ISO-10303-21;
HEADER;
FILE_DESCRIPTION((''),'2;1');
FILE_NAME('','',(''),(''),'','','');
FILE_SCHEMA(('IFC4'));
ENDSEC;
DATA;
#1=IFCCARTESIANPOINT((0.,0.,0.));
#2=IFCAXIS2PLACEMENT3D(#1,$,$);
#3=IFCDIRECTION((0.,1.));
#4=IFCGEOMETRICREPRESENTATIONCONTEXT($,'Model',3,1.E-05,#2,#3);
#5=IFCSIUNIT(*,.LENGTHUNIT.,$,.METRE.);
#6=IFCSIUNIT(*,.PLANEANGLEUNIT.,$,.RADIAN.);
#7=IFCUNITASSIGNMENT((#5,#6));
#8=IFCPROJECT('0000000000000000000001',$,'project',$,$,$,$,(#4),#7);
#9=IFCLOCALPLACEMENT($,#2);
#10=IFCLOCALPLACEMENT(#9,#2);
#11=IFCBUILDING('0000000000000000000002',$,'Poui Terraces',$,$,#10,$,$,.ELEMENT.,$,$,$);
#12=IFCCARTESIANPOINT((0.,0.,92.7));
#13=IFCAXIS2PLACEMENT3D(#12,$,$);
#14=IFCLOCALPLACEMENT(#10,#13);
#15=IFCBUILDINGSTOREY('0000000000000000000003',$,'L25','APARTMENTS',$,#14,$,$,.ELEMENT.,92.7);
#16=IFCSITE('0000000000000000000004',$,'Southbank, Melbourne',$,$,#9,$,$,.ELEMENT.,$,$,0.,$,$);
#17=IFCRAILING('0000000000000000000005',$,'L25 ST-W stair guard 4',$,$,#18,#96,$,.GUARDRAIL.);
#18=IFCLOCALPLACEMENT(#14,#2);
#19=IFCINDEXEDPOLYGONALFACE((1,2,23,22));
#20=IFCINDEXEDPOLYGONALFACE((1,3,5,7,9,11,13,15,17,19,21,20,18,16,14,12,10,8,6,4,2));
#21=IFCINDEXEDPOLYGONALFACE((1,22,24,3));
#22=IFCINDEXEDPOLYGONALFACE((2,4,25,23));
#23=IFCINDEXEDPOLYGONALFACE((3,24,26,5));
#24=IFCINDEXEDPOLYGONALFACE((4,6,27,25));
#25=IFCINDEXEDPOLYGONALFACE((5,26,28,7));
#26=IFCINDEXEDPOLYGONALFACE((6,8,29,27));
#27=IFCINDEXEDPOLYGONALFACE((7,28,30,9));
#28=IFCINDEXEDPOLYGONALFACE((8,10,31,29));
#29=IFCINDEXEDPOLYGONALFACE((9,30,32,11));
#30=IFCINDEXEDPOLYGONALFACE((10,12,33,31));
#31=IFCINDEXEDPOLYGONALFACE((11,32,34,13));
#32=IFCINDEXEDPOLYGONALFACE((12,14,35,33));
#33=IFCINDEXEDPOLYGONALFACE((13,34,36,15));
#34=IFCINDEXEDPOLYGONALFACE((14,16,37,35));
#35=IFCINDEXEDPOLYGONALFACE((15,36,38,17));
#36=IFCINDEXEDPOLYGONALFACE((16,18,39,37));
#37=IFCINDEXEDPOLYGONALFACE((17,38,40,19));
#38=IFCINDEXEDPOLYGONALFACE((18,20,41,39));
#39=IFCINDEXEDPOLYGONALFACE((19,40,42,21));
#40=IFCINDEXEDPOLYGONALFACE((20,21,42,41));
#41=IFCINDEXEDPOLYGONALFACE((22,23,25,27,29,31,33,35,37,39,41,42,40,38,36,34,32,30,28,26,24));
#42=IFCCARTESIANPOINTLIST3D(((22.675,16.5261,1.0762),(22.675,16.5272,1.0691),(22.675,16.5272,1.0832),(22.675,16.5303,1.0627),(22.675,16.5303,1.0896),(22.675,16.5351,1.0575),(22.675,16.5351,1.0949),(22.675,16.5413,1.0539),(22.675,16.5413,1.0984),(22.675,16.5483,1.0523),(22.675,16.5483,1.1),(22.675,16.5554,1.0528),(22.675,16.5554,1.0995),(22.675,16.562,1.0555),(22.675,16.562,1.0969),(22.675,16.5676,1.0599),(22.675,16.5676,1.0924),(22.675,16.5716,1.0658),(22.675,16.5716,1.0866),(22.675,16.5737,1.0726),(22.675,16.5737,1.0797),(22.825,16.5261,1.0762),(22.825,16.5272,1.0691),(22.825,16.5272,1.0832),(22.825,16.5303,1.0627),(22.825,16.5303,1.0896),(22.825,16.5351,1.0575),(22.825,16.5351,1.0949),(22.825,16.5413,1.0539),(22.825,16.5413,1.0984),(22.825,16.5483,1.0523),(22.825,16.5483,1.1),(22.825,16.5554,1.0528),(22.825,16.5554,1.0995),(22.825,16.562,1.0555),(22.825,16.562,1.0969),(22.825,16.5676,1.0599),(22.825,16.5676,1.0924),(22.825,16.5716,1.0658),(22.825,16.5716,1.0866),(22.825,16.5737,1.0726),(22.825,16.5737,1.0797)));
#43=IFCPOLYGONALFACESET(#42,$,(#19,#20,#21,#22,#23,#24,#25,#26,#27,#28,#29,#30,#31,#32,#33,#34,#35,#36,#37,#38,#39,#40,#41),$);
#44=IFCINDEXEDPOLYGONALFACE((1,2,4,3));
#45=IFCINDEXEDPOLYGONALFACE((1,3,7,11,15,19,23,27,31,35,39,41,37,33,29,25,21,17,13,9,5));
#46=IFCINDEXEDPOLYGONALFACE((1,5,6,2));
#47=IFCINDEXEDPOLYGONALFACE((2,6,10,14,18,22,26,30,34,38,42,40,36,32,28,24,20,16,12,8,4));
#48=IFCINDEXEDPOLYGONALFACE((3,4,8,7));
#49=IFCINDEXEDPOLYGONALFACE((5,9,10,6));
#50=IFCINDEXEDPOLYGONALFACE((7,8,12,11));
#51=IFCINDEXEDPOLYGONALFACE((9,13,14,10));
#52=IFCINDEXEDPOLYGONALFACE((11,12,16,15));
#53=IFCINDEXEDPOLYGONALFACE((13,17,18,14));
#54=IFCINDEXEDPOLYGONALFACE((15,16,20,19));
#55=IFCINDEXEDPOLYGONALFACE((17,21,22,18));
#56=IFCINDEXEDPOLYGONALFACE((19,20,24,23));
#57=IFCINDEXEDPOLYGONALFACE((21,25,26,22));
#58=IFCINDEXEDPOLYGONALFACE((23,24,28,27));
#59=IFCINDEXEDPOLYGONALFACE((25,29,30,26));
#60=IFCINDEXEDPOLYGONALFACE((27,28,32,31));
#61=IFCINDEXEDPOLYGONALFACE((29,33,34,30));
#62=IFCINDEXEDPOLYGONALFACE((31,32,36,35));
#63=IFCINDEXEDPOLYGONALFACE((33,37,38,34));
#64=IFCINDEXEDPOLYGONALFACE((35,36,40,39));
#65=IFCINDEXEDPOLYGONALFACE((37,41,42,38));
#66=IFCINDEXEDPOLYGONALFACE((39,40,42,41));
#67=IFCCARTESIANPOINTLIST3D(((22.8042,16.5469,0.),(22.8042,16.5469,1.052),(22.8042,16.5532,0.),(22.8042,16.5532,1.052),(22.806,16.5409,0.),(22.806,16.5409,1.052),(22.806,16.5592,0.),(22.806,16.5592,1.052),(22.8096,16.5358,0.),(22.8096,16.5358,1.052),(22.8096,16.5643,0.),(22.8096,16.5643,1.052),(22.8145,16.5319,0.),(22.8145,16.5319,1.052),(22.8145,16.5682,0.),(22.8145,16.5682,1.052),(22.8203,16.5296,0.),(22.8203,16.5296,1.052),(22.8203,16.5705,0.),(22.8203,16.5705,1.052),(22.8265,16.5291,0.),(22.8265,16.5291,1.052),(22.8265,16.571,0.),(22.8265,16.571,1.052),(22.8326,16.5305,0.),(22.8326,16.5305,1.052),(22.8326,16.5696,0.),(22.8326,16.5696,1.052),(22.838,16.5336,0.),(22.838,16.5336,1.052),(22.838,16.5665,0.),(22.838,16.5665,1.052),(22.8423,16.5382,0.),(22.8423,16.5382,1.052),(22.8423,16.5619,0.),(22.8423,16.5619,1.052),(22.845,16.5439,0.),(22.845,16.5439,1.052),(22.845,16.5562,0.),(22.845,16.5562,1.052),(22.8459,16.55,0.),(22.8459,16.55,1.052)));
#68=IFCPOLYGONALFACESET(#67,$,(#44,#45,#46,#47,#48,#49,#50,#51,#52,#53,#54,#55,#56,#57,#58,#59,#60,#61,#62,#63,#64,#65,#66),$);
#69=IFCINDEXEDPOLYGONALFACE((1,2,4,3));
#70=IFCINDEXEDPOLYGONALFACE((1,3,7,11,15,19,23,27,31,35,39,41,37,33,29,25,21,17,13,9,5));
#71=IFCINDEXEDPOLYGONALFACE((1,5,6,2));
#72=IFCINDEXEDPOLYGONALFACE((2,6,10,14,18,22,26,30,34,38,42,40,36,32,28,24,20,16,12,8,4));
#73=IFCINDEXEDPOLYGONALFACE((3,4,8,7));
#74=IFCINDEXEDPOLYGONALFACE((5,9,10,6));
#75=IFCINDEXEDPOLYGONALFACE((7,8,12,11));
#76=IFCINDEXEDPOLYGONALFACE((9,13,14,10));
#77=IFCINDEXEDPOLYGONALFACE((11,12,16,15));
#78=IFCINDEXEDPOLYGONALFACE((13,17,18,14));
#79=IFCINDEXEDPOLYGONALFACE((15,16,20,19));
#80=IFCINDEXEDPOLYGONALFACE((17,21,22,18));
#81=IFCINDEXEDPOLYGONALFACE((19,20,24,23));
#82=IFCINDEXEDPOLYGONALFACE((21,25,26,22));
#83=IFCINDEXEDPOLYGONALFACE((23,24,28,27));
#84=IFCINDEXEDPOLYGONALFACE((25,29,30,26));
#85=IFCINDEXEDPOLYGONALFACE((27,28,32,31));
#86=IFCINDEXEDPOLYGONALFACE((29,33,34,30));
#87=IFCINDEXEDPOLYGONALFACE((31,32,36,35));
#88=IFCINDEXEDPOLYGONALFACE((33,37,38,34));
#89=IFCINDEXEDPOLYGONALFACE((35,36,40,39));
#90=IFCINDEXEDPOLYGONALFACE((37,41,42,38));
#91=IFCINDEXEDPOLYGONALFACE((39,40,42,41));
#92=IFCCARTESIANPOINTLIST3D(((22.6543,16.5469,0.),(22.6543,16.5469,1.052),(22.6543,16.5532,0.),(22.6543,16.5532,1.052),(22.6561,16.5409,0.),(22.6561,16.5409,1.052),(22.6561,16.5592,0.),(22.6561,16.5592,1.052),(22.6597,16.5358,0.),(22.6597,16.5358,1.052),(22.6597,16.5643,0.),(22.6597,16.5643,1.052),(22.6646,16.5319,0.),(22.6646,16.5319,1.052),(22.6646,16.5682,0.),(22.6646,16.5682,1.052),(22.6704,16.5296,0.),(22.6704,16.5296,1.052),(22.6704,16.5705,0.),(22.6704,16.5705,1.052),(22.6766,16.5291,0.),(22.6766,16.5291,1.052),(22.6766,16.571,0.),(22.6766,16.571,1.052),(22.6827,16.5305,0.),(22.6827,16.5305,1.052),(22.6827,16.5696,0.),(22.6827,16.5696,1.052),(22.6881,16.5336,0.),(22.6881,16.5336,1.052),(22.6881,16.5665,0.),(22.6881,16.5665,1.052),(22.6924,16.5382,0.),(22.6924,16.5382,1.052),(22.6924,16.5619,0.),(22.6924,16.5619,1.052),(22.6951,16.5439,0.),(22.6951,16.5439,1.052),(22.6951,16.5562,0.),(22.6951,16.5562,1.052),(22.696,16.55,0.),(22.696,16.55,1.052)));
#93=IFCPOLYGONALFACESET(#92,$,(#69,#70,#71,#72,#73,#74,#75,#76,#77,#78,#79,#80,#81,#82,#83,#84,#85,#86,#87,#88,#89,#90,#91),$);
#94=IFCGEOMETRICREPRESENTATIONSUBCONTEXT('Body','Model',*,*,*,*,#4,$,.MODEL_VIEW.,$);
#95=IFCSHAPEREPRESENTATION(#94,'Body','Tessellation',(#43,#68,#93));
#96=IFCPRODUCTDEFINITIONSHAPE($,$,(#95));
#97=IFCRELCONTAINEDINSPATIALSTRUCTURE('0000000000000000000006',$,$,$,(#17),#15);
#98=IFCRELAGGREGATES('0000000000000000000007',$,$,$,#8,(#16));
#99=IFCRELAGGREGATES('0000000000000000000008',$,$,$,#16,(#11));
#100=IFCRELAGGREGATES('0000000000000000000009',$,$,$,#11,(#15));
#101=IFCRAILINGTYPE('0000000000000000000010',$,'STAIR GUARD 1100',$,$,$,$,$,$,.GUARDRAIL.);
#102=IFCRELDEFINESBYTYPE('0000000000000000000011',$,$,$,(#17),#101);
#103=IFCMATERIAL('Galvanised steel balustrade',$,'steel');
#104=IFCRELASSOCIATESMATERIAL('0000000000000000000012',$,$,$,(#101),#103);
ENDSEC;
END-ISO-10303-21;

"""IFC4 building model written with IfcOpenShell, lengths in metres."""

from ifc_helpers import new_model, si_unit, direction, frame, origin, origin_2d, place, context, subcontext, project, spatial, circle, extrude, material, type_object, element, save


model = new_model("IFC4")

# Units and contexts
model_context = context("Model", 3, precision=1e-05, world=origin(), true_north=direction((0.0, 1.0)))
body_context = subcontext(model_context, "Body", "Model", "MODEL_VIEW")
ifc_project = project(units=[si_unit("LENGTHUNIT", "METRE"), si_unit("PLANEANGLEUNIT", "RADIAN")], contexts=[model_context])

# Site, building, storey
site_placement = place(None, origin())
site = spatial("IfcSite", under=ifc_project, at=site_placement, Name="Southbank, Melbourne", CompositionType="ELEMENT", RefElevation=0.0)
building_placement = place(site_placement, origin())
building = spatial("IfcBuilding", under=site, at=building_placement, Name="Poui Terraces", CompositionType="ELEMENT")
storey_placement = place(building_placement, frame((0.0, 0.0, 92.7)))
storey = spatial("IfcBuildingStorey", under=building, at=storey_placement, Name="L25", Description="APARTMENTS", CompositionType="ELEMENT", Elevation=92.7)

# Railing
ifc_material_1 = material(Name="Galvanised steel balustrade", Category="steel")
railing_type_1 = type_object("IfcRailingType", Name="STAIR GUARD 1100", PredefinedType="GUARDRAIL", material=ifc_material_1)
railing_1_placement = place(storey_placement, frame((22.825, 16.55, 0.0)))
element("IfcRailing", 1, at=railing_1_placement, inside=storey, type_object=railing_type_1, Name="L25 ST-W stair guard 4", PredefinedType="GUARDRAIL", context=body_context, shape_type="SweptSolid", body=[
    extrude(circle(Radius=0.0239, at=origin_2d()), frame((0.0, 0.0, 1.0762), z_axis=(-1.0, 0.0, 0.0), x_axis=(0.0, -1.0, 0.0)), (0.0, 0.0, 1.0), 0.1499),
    extrude(circle(Radius=0.021, at=origin_2d()), origin(), (0.0, 0.0, 1.0), 1.052),
    extrude(circle(Radius=0.021, at=origin_2d()), frame((-0.1499, 0.0, 0.0)), (0.0, 0.0, 1.0), 1.052),
])

save(model, "model.ifc")
